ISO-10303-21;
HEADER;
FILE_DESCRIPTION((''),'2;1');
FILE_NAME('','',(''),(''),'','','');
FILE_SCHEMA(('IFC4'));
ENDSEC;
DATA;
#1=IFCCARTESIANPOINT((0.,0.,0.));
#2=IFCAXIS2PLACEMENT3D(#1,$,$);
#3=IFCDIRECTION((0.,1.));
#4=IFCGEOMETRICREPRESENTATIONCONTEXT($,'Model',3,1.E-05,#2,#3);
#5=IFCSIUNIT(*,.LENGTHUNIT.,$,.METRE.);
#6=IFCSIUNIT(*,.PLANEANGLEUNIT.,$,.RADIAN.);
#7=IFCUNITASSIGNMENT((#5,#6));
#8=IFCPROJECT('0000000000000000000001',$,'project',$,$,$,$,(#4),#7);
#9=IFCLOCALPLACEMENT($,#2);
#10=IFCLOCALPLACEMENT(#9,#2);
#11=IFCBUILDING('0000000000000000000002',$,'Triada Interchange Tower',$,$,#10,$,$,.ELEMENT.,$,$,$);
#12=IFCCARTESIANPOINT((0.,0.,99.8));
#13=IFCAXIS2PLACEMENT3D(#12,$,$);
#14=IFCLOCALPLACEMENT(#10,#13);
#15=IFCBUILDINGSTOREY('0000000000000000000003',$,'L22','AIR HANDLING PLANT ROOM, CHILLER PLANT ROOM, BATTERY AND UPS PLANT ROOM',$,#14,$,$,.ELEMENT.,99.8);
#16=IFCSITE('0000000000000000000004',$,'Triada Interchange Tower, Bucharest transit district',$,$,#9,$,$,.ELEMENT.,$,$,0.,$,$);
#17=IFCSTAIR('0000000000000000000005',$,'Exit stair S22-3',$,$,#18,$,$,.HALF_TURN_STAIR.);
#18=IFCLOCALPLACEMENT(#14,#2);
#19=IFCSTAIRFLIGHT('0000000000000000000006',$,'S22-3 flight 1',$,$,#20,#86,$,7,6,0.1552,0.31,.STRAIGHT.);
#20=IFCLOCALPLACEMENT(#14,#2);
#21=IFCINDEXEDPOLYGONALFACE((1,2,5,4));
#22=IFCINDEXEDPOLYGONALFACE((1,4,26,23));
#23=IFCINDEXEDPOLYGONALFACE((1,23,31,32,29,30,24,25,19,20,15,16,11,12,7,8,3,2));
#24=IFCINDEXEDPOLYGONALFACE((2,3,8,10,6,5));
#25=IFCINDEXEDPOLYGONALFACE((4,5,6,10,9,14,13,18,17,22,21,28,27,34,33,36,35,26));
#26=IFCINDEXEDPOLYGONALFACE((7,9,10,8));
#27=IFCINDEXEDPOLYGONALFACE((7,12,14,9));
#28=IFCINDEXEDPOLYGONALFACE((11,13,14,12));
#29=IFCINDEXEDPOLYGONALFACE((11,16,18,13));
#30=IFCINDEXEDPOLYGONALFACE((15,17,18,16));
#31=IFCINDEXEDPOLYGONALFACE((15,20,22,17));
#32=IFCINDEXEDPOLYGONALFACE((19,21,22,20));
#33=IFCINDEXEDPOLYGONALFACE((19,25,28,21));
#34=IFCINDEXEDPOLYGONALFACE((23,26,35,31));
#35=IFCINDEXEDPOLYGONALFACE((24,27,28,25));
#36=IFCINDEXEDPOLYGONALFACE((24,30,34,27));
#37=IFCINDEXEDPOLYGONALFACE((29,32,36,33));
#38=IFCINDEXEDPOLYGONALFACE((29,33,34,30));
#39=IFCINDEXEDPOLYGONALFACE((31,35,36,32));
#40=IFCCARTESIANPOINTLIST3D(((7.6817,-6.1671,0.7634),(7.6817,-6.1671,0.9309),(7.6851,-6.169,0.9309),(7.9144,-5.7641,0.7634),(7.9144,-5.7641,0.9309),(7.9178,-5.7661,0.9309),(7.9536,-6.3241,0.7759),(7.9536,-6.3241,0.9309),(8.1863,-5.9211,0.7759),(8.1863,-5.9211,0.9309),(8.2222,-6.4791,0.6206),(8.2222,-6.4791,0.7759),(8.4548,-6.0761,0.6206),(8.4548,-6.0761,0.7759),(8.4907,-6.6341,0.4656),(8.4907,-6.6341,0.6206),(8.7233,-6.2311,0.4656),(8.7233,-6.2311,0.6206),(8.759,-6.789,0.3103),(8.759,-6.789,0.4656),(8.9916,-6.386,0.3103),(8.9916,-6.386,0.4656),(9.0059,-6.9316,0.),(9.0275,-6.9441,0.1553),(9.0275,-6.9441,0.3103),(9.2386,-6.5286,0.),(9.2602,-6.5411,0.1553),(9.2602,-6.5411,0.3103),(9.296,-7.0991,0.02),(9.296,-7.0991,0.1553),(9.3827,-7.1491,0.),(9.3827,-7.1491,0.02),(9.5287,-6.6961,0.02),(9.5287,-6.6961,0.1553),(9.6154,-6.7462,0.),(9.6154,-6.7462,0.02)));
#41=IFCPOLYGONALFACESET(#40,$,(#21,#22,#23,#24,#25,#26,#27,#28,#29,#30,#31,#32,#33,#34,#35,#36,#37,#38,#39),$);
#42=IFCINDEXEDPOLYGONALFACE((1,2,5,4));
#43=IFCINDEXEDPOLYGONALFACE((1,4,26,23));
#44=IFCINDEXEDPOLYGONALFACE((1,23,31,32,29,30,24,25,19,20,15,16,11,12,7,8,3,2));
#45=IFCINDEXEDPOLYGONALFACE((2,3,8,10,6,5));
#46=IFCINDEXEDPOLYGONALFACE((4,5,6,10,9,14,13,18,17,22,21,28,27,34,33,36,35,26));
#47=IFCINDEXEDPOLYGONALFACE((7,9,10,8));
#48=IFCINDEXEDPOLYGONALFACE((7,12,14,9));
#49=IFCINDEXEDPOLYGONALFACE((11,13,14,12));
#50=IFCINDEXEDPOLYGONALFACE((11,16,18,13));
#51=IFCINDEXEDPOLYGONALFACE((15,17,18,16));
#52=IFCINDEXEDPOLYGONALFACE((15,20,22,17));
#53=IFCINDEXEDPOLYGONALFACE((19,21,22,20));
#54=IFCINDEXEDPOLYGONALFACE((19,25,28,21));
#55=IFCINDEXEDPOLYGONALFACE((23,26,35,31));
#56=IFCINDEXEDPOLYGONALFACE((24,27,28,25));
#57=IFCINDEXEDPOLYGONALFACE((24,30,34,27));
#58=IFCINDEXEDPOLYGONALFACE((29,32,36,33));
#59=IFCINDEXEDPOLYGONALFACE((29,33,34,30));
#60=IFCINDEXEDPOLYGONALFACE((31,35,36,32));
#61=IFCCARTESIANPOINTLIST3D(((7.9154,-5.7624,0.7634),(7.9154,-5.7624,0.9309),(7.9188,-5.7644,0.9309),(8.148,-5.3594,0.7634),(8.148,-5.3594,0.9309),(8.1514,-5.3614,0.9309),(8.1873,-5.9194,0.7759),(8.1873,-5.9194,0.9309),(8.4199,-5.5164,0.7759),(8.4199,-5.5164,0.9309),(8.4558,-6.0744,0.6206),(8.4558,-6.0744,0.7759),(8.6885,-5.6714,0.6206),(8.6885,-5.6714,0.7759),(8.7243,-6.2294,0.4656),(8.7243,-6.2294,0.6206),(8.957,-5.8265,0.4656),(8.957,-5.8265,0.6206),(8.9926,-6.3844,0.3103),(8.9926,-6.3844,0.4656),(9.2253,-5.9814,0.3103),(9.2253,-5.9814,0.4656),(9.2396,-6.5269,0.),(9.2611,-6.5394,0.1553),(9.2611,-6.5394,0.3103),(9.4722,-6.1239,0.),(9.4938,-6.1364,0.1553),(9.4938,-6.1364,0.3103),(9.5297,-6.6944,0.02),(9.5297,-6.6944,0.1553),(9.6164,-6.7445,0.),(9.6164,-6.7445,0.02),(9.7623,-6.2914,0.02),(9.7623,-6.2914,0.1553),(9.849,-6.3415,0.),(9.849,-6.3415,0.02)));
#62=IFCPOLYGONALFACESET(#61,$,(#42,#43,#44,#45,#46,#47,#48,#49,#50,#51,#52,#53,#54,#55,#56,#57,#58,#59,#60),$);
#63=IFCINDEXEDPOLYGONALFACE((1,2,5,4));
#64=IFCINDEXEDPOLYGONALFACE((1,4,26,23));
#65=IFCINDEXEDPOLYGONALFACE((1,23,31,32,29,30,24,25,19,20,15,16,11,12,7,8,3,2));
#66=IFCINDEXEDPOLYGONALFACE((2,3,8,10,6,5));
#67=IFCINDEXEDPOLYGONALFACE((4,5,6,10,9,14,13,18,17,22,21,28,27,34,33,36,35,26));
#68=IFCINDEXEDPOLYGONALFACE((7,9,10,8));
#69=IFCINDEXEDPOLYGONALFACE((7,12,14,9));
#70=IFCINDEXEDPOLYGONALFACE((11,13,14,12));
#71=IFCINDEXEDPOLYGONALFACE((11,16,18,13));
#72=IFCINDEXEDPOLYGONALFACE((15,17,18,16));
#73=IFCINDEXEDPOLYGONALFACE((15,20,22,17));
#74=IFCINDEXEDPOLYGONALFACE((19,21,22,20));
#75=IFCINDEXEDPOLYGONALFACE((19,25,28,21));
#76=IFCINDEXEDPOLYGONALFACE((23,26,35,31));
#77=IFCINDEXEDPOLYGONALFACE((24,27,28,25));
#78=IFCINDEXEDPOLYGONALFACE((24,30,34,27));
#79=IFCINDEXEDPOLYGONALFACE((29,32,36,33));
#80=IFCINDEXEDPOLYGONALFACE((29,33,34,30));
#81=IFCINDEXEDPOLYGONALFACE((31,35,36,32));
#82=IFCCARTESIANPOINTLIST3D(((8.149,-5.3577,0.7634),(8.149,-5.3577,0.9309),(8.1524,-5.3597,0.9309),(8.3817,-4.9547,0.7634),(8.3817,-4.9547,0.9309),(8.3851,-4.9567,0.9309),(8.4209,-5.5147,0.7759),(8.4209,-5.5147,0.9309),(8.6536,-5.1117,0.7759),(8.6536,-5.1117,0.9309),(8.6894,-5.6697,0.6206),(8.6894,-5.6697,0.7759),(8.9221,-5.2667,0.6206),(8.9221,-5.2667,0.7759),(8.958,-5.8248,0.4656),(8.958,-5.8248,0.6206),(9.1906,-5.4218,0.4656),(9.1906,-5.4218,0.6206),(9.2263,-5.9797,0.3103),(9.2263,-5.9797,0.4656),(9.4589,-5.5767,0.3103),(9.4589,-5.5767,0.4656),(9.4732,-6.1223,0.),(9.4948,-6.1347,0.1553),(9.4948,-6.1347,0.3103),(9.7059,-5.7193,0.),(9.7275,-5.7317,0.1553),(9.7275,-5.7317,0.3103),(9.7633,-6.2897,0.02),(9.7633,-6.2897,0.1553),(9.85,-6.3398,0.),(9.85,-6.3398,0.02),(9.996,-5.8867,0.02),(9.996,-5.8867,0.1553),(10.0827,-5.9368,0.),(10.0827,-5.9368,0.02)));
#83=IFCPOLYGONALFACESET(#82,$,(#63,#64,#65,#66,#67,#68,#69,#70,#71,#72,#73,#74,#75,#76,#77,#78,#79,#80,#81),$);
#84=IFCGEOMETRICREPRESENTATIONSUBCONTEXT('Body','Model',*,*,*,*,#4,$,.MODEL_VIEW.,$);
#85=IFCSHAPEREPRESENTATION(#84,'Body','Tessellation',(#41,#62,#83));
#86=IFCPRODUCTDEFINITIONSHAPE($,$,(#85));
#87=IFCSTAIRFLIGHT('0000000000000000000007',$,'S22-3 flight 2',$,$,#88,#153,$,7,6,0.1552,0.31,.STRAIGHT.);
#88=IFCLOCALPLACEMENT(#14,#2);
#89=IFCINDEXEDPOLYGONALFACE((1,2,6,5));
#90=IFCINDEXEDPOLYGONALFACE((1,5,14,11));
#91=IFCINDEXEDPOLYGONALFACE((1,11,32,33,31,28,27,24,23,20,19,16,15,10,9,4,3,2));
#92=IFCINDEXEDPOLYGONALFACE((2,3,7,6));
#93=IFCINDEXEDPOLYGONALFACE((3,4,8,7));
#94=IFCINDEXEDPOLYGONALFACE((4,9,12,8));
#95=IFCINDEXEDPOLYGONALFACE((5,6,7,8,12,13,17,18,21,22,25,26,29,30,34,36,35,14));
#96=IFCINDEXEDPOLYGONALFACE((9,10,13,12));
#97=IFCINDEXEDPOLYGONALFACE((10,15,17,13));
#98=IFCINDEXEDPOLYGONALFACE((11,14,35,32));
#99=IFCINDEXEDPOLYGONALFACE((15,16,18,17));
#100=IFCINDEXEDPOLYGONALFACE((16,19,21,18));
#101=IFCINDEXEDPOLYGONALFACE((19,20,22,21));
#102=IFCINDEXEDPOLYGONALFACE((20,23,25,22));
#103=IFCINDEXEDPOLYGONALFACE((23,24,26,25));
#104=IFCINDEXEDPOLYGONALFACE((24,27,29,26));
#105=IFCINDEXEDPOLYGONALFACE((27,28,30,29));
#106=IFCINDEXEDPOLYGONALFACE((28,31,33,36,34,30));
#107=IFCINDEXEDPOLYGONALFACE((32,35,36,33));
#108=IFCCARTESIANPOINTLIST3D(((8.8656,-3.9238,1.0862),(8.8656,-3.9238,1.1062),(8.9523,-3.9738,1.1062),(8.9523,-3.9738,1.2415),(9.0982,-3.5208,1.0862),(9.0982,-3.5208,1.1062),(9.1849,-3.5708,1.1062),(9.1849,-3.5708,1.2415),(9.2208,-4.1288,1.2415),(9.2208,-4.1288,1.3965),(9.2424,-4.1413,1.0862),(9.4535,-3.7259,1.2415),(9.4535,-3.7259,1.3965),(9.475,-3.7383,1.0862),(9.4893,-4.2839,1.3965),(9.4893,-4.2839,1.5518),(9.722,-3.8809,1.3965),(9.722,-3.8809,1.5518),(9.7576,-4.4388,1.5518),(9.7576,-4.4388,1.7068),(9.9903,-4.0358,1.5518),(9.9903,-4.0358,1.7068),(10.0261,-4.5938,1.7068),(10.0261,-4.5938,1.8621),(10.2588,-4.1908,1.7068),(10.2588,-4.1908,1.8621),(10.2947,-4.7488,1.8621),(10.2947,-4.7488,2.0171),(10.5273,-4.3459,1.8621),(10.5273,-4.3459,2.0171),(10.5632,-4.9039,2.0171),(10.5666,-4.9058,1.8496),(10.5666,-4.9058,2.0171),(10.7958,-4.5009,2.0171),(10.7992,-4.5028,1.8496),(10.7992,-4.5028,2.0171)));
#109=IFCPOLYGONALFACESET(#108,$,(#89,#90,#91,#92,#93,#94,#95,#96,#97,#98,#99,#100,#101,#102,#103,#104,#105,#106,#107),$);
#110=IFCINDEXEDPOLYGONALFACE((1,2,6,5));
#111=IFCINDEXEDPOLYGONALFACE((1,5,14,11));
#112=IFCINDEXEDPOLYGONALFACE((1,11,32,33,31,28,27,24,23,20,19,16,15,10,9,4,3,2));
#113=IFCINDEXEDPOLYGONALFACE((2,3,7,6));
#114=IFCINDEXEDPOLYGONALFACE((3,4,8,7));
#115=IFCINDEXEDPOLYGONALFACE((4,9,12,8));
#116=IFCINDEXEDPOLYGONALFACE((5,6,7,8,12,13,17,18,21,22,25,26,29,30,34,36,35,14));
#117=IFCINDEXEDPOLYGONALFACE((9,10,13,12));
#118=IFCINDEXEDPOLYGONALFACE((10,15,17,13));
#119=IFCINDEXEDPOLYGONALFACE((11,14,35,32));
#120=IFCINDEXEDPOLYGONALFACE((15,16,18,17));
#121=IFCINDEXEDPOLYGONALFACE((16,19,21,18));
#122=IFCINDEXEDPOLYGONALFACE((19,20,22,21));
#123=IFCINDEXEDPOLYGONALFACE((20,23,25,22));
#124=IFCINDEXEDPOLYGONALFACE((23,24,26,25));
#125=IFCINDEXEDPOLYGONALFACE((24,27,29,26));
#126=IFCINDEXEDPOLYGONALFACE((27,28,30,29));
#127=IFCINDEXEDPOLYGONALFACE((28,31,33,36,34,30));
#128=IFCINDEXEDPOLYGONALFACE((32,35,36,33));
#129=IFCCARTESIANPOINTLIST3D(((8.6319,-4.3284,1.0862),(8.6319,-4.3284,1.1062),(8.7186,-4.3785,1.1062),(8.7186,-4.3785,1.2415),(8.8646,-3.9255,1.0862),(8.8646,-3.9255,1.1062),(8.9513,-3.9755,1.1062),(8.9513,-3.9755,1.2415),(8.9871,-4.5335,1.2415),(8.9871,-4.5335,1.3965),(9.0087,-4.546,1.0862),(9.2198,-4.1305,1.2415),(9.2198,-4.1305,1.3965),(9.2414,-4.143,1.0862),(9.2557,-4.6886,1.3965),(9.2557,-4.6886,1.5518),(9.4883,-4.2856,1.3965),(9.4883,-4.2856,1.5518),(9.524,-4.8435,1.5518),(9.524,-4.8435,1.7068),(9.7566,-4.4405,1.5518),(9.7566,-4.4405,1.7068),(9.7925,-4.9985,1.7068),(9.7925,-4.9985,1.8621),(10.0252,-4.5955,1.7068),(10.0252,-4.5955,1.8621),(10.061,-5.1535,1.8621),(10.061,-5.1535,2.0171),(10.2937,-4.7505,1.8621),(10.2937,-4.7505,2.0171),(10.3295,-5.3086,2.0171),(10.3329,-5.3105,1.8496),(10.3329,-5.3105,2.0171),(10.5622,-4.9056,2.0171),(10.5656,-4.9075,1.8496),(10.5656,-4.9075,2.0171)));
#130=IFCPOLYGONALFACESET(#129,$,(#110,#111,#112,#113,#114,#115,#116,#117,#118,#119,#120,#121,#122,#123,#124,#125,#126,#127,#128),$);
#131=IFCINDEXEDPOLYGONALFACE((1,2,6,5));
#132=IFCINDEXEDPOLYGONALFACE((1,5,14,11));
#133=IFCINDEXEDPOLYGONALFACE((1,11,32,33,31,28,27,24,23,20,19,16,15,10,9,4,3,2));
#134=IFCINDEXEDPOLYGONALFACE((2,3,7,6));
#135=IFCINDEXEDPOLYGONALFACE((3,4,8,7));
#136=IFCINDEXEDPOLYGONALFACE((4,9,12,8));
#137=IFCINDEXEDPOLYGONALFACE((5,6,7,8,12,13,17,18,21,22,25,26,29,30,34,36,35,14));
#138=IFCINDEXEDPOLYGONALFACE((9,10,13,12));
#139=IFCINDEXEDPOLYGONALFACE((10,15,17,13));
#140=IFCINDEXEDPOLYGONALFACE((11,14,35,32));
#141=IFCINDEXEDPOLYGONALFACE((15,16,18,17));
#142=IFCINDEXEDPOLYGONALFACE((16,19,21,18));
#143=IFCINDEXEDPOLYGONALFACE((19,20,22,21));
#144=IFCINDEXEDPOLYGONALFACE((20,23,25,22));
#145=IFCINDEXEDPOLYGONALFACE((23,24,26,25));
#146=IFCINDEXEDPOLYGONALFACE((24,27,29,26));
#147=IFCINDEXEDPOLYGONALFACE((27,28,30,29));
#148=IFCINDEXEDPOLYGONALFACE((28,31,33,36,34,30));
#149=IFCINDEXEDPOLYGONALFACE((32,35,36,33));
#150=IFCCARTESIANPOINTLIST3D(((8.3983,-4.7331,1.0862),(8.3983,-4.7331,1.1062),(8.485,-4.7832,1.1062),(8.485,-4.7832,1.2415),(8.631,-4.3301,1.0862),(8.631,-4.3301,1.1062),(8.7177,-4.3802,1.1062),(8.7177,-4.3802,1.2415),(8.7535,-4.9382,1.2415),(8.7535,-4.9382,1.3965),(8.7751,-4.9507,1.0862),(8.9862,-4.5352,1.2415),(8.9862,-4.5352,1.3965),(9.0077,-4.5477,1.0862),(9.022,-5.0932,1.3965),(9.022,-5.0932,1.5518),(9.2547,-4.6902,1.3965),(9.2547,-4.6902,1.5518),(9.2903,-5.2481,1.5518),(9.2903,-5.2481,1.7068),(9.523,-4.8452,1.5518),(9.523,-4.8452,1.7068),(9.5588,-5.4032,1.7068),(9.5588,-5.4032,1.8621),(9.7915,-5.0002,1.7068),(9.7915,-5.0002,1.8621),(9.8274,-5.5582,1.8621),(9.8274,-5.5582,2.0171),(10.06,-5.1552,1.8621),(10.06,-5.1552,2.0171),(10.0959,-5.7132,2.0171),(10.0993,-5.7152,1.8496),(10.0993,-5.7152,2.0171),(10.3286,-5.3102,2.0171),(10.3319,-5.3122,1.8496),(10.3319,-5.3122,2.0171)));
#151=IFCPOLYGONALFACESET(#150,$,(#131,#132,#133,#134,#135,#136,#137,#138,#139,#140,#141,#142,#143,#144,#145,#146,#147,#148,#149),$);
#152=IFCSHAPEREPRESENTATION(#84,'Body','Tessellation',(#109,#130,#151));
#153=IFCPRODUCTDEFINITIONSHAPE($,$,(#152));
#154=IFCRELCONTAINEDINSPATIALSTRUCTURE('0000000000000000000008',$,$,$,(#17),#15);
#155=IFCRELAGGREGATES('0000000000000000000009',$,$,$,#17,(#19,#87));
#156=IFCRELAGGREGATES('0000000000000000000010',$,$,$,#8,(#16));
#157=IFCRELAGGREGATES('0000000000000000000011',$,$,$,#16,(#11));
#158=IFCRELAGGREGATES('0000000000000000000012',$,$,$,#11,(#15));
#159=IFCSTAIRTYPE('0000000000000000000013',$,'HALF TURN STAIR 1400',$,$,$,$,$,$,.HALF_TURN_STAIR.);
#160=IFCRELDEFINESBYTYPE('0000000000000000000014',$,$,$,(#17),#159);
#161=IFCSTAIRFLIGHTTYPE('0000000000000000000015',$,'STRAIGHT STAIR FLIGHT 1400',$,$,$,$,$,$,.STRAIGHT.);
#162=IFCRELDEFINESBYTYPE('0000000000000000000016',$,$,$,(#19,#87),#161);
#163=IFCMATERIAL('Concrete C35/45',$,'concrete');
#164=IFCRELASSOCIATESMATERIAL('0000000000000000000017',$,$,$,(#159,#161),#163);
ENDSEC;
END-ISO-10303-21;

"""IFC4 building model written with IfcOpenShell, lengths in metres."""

from ifc_helpers import new_model, si_unit, direction, frame, origin, place, context, subcontext, project, spatial, polyline, outline, extrude, material, type_object, element, aggregate, save


model = new_model("IFC4")

# Units and contexts
model_context = context("Model", 3, precision=1e-05, world=origin(), true_north=direction((0.0, 1.0)))
body_context = subcontext(model_context, "Body", "Model", "MODEL_VIEW")
ifc_project = project(units=[si_unit("LENGTHUNIT", "METRE"), si_unit("PLANEANGLEUNIT", "RADIAN")], contexts=[model_context])

# Site, building, storey
site_placement = place(None, origin())
site = spatial("IfcSite", under=ifc_project, at=site_placement, Name="Triada Interchange Tower, Bucharest transit district", CompositionType="ELEMENT", RefElevation=0.0)
building_placement = place(site_placement, origin())
building = spatial("IfcBuilding", under=site, at=building_placement, Name="Triada Interchange Tower", CompositionType="ELEMENT")
storey_placement = place(building_placement, frame((0.0, 0.0, 99.8)))
storey = spatial("IfcBuildingStorey", under=building, at=storey_placement, Name="L22", Description="AIR HANDLING PLANT ROOM, CHILLER PLANT ROOM, BATTERY AND UPS PLANT ROOM", CompositionType="ELEMENT", Elevation=99.8)

# Stair, stair flights
ifc_material_1 = material(Name="Concrete C35/45", Category="concrete")
stair_type = type_object("IfcStairType", Name="HALF TURN STAIR 1400", PredefinedType="HALF_TURN_STAIR", material=ifc_material_1)
stair_placement = place(storey_placement, origin())
stair = element("IfcStair", 1, at=stair_placement, inside=storey, type_object=stair_type, Name="Exit stair S22-3", PredefinedType="HALF_TURN_STAIR")
stair_flight_type = type_object("IfcStairFlightType", Name="STRAIGHT STAIR FLIGHT 1400", PredefinedType="STRAIGHT", material=ifc_material_1)
stair_flight_1_placement = place(storey_placement, frame((9.646, -6.4929, 0.0), z_axis=(0.0, 0.0, 1.0), x_axis=(-0.866025, 0.5, 0.0)))
stair_flight_1 = element("IfcStairFlight", 2, at=stair_flight_1_placement, type_object=stair_flight_type, Name="S22-3 flight 1", NumberOfRisers=7, NumberOfTreads=6, PredefinedType="STRAIGHT", RiserHeight=0.1552, TreadLength=0.31, context=body_context, shape_type="SweptSolid", body=[
    extrude(outline(polyline([(-0.1001, 0.0), (-0.1001, 0.02), (0.0, 0.02), (0.0, 0.1553), (0.3101, 0.1553), (0.3101, 0.3103), (0.6201, 0.3103), (0.6201, 0.4656), (0.9299, 0.4656), (0.9299, 0.6206), (1.24, 0.6206), (1.24, 0.7759), (1.55, 0.7759), (1.55, 0.9309), (1.8601, 0.9309), (1.864, 0.9309), (1.864, 1.0862), (1.864, 0.7634), (0.335, 0.0), (-0.1001, 0.0)])), frame((0.0, 0.7, 0.0), z_axis=(0.0, -1.0, 0.0), x_axis=(1.0, 0.0, 0.0)), (0.0, 0.0, 1.0), 0.4653),
    extrude(outline(polyline([(-0.1001, 0.0), (-0.1001, 0.02), (0.0, 0.02), (0.0, 0.1553), (0.3101, 0.1553), (0.3101, 0.3103), (0.6201, 0.3103), (0.6201, 0.4656), (0.9299, 0.4656), (0.9299, 0.6206), (1.24, 0.6206), (1.24, 0.7759), (1.55, 0.7759), (1.55, 0.9309), (1.8601, 0.9309), (1.864, 0.9309), (1.864, 1.0862), (1.864, 0.7634), (0.335, 0.0), (-0.1001, 0.0)])), frame((0.0, 0.2327, 0.0), z_axis=(0.0, -1.0, 0.0), x_axis=(1.0, 0.0, 0.0)), (0.0, 0.0, 1.0), 0.4653),
    extrude(outline(polyline([(-0.1001, 0.0), (-0.1001, 0.02), (0.0, 0.02), (0.0, 0.1553), (0.3101, 0.1553), (0.3101, 0.3103), (0.6201, 0.3103), (0.6201, 0.4656), (0.9299, 0.4656), (0.9299, 0.6206), (1.24, 0.6206), (1.24, 0.7759), (1.55, 0.7759), (1.55, 0.9309), (1.8601, 0.9309), (1.864, 0.9309), (1.864, 1.0862), (1.864, 0.7634), (0.335, 0.0), (-0.1001, 0.0)])), frame((0.0, -0.2346, 0.0), z_axis=(0.0, -1.0, 0.0), x_axis=(1.0, 0.0, 0.0)), (0.0, 0.0, 1.0), 0.4653),
])
stair_flight_2_placement = place(storey_placement, frame((8.835, -4.177, 1.0862), z_axis=(0.0, 0.0, 1.0), x_axis=(0.866025, -0.5, 0.0)))
stair_flight_2 = element("IfcStairFlight", 3, at=stair_flight_2_placement, type_object=stair_flight_type, Name="S22-3 flight 2", NumberOfRisers=7, NumberOfTreads=6, PredefinedType="STRAIGHT", RiserHeight=0.1552, TreadLength=0.31, context=body_context, shape_type="SweptSolid", body=[
    extrude(outline(polyline([(-0.1001, 0.0), (-0.1001, 0.02), (0.0, 0.02), (0.0, 0.1553), (0.3101, 0.1553), (0.3101, 0.3103), (0.6201, 0.3103), (0.6201, 0.4656), (0.9299, 0.4656), (0.9299, 0.6206), (1.24, 0.6206), (1.24, 0.7759), (1.55, 0.7759), (1.55, 0.9309), (1.8601, 0.9309), (1.864, 0.9309), (1.864, 1.0862), (1.864, 0.7634), (0.335, 0.0), (-0.1001, 0.0)])), frame((0.0, 0.7, 0.0), z_axis=(0.0, -1.0, 0.0), x_axis=(1.0, 0.0, 0.0)), (0.0, 0.0, 1.0), 0.4653),
    extrude(outline(polyline([(-0.1001, 0.0), (-0.1001, 0.02), (0.0, 0.02), (0.0, 0.1553), (0.3101, 0.1553), (0.3101, 0.3103), (0.6201, 0.3103), (0.6201, 0.4656), (0.9299, 0.4656), (0.9299, 0.6206), (1.24, 0.6206), (1.24, 0.7759), (1.55, 0.7759), (1.55, 0.9309), (1.8601, 0.9309), (1.864, 0.9309), (1.864, 1.0862), (1.864, 0.7634), (0.335, 0.0), (-0.1001, 0.0)])), frame((0.0, 0.2327, 0.0), z_axis=(0.0, -1.0, 0.0), x_axis=(1.0, 0.0, 0.0)), (0.0, 0.0, 1.0), 0.4653),
    extrude(outline(polyline([(-0.1001, 0.0), (-0.1001, 0.02), (0.0, 0.02), (0.0, 0.1553), (0.3101, 0.1553), (0.3101, 0.3103), (0.6201, 0.3103), (0.6201, 0.4656), (0.9299, 0.4656), (0.9299, 0.6206), (1.24, 0.6206), (1.24, 0.7759), (1.55, 0.7759), (1.55, 0.9309), (1.8601, 0.9309), (1.864, 0.9309), (1.864, 1.0862), (1.864, 0.7634), (0.335, 0.0), (-0.1001, 0.0)])), frame((0.0, -0.2346, 0.0), z_axis=(0.0, -1.0, 0.0), x_axis=(1.0, 0.0, 0.0)), (0.0, 0.0, 1.0), 0.4653),
])
aggregate(stair, [stair_flight_1, stair_flight_2])

save(model, "model.ifc")
